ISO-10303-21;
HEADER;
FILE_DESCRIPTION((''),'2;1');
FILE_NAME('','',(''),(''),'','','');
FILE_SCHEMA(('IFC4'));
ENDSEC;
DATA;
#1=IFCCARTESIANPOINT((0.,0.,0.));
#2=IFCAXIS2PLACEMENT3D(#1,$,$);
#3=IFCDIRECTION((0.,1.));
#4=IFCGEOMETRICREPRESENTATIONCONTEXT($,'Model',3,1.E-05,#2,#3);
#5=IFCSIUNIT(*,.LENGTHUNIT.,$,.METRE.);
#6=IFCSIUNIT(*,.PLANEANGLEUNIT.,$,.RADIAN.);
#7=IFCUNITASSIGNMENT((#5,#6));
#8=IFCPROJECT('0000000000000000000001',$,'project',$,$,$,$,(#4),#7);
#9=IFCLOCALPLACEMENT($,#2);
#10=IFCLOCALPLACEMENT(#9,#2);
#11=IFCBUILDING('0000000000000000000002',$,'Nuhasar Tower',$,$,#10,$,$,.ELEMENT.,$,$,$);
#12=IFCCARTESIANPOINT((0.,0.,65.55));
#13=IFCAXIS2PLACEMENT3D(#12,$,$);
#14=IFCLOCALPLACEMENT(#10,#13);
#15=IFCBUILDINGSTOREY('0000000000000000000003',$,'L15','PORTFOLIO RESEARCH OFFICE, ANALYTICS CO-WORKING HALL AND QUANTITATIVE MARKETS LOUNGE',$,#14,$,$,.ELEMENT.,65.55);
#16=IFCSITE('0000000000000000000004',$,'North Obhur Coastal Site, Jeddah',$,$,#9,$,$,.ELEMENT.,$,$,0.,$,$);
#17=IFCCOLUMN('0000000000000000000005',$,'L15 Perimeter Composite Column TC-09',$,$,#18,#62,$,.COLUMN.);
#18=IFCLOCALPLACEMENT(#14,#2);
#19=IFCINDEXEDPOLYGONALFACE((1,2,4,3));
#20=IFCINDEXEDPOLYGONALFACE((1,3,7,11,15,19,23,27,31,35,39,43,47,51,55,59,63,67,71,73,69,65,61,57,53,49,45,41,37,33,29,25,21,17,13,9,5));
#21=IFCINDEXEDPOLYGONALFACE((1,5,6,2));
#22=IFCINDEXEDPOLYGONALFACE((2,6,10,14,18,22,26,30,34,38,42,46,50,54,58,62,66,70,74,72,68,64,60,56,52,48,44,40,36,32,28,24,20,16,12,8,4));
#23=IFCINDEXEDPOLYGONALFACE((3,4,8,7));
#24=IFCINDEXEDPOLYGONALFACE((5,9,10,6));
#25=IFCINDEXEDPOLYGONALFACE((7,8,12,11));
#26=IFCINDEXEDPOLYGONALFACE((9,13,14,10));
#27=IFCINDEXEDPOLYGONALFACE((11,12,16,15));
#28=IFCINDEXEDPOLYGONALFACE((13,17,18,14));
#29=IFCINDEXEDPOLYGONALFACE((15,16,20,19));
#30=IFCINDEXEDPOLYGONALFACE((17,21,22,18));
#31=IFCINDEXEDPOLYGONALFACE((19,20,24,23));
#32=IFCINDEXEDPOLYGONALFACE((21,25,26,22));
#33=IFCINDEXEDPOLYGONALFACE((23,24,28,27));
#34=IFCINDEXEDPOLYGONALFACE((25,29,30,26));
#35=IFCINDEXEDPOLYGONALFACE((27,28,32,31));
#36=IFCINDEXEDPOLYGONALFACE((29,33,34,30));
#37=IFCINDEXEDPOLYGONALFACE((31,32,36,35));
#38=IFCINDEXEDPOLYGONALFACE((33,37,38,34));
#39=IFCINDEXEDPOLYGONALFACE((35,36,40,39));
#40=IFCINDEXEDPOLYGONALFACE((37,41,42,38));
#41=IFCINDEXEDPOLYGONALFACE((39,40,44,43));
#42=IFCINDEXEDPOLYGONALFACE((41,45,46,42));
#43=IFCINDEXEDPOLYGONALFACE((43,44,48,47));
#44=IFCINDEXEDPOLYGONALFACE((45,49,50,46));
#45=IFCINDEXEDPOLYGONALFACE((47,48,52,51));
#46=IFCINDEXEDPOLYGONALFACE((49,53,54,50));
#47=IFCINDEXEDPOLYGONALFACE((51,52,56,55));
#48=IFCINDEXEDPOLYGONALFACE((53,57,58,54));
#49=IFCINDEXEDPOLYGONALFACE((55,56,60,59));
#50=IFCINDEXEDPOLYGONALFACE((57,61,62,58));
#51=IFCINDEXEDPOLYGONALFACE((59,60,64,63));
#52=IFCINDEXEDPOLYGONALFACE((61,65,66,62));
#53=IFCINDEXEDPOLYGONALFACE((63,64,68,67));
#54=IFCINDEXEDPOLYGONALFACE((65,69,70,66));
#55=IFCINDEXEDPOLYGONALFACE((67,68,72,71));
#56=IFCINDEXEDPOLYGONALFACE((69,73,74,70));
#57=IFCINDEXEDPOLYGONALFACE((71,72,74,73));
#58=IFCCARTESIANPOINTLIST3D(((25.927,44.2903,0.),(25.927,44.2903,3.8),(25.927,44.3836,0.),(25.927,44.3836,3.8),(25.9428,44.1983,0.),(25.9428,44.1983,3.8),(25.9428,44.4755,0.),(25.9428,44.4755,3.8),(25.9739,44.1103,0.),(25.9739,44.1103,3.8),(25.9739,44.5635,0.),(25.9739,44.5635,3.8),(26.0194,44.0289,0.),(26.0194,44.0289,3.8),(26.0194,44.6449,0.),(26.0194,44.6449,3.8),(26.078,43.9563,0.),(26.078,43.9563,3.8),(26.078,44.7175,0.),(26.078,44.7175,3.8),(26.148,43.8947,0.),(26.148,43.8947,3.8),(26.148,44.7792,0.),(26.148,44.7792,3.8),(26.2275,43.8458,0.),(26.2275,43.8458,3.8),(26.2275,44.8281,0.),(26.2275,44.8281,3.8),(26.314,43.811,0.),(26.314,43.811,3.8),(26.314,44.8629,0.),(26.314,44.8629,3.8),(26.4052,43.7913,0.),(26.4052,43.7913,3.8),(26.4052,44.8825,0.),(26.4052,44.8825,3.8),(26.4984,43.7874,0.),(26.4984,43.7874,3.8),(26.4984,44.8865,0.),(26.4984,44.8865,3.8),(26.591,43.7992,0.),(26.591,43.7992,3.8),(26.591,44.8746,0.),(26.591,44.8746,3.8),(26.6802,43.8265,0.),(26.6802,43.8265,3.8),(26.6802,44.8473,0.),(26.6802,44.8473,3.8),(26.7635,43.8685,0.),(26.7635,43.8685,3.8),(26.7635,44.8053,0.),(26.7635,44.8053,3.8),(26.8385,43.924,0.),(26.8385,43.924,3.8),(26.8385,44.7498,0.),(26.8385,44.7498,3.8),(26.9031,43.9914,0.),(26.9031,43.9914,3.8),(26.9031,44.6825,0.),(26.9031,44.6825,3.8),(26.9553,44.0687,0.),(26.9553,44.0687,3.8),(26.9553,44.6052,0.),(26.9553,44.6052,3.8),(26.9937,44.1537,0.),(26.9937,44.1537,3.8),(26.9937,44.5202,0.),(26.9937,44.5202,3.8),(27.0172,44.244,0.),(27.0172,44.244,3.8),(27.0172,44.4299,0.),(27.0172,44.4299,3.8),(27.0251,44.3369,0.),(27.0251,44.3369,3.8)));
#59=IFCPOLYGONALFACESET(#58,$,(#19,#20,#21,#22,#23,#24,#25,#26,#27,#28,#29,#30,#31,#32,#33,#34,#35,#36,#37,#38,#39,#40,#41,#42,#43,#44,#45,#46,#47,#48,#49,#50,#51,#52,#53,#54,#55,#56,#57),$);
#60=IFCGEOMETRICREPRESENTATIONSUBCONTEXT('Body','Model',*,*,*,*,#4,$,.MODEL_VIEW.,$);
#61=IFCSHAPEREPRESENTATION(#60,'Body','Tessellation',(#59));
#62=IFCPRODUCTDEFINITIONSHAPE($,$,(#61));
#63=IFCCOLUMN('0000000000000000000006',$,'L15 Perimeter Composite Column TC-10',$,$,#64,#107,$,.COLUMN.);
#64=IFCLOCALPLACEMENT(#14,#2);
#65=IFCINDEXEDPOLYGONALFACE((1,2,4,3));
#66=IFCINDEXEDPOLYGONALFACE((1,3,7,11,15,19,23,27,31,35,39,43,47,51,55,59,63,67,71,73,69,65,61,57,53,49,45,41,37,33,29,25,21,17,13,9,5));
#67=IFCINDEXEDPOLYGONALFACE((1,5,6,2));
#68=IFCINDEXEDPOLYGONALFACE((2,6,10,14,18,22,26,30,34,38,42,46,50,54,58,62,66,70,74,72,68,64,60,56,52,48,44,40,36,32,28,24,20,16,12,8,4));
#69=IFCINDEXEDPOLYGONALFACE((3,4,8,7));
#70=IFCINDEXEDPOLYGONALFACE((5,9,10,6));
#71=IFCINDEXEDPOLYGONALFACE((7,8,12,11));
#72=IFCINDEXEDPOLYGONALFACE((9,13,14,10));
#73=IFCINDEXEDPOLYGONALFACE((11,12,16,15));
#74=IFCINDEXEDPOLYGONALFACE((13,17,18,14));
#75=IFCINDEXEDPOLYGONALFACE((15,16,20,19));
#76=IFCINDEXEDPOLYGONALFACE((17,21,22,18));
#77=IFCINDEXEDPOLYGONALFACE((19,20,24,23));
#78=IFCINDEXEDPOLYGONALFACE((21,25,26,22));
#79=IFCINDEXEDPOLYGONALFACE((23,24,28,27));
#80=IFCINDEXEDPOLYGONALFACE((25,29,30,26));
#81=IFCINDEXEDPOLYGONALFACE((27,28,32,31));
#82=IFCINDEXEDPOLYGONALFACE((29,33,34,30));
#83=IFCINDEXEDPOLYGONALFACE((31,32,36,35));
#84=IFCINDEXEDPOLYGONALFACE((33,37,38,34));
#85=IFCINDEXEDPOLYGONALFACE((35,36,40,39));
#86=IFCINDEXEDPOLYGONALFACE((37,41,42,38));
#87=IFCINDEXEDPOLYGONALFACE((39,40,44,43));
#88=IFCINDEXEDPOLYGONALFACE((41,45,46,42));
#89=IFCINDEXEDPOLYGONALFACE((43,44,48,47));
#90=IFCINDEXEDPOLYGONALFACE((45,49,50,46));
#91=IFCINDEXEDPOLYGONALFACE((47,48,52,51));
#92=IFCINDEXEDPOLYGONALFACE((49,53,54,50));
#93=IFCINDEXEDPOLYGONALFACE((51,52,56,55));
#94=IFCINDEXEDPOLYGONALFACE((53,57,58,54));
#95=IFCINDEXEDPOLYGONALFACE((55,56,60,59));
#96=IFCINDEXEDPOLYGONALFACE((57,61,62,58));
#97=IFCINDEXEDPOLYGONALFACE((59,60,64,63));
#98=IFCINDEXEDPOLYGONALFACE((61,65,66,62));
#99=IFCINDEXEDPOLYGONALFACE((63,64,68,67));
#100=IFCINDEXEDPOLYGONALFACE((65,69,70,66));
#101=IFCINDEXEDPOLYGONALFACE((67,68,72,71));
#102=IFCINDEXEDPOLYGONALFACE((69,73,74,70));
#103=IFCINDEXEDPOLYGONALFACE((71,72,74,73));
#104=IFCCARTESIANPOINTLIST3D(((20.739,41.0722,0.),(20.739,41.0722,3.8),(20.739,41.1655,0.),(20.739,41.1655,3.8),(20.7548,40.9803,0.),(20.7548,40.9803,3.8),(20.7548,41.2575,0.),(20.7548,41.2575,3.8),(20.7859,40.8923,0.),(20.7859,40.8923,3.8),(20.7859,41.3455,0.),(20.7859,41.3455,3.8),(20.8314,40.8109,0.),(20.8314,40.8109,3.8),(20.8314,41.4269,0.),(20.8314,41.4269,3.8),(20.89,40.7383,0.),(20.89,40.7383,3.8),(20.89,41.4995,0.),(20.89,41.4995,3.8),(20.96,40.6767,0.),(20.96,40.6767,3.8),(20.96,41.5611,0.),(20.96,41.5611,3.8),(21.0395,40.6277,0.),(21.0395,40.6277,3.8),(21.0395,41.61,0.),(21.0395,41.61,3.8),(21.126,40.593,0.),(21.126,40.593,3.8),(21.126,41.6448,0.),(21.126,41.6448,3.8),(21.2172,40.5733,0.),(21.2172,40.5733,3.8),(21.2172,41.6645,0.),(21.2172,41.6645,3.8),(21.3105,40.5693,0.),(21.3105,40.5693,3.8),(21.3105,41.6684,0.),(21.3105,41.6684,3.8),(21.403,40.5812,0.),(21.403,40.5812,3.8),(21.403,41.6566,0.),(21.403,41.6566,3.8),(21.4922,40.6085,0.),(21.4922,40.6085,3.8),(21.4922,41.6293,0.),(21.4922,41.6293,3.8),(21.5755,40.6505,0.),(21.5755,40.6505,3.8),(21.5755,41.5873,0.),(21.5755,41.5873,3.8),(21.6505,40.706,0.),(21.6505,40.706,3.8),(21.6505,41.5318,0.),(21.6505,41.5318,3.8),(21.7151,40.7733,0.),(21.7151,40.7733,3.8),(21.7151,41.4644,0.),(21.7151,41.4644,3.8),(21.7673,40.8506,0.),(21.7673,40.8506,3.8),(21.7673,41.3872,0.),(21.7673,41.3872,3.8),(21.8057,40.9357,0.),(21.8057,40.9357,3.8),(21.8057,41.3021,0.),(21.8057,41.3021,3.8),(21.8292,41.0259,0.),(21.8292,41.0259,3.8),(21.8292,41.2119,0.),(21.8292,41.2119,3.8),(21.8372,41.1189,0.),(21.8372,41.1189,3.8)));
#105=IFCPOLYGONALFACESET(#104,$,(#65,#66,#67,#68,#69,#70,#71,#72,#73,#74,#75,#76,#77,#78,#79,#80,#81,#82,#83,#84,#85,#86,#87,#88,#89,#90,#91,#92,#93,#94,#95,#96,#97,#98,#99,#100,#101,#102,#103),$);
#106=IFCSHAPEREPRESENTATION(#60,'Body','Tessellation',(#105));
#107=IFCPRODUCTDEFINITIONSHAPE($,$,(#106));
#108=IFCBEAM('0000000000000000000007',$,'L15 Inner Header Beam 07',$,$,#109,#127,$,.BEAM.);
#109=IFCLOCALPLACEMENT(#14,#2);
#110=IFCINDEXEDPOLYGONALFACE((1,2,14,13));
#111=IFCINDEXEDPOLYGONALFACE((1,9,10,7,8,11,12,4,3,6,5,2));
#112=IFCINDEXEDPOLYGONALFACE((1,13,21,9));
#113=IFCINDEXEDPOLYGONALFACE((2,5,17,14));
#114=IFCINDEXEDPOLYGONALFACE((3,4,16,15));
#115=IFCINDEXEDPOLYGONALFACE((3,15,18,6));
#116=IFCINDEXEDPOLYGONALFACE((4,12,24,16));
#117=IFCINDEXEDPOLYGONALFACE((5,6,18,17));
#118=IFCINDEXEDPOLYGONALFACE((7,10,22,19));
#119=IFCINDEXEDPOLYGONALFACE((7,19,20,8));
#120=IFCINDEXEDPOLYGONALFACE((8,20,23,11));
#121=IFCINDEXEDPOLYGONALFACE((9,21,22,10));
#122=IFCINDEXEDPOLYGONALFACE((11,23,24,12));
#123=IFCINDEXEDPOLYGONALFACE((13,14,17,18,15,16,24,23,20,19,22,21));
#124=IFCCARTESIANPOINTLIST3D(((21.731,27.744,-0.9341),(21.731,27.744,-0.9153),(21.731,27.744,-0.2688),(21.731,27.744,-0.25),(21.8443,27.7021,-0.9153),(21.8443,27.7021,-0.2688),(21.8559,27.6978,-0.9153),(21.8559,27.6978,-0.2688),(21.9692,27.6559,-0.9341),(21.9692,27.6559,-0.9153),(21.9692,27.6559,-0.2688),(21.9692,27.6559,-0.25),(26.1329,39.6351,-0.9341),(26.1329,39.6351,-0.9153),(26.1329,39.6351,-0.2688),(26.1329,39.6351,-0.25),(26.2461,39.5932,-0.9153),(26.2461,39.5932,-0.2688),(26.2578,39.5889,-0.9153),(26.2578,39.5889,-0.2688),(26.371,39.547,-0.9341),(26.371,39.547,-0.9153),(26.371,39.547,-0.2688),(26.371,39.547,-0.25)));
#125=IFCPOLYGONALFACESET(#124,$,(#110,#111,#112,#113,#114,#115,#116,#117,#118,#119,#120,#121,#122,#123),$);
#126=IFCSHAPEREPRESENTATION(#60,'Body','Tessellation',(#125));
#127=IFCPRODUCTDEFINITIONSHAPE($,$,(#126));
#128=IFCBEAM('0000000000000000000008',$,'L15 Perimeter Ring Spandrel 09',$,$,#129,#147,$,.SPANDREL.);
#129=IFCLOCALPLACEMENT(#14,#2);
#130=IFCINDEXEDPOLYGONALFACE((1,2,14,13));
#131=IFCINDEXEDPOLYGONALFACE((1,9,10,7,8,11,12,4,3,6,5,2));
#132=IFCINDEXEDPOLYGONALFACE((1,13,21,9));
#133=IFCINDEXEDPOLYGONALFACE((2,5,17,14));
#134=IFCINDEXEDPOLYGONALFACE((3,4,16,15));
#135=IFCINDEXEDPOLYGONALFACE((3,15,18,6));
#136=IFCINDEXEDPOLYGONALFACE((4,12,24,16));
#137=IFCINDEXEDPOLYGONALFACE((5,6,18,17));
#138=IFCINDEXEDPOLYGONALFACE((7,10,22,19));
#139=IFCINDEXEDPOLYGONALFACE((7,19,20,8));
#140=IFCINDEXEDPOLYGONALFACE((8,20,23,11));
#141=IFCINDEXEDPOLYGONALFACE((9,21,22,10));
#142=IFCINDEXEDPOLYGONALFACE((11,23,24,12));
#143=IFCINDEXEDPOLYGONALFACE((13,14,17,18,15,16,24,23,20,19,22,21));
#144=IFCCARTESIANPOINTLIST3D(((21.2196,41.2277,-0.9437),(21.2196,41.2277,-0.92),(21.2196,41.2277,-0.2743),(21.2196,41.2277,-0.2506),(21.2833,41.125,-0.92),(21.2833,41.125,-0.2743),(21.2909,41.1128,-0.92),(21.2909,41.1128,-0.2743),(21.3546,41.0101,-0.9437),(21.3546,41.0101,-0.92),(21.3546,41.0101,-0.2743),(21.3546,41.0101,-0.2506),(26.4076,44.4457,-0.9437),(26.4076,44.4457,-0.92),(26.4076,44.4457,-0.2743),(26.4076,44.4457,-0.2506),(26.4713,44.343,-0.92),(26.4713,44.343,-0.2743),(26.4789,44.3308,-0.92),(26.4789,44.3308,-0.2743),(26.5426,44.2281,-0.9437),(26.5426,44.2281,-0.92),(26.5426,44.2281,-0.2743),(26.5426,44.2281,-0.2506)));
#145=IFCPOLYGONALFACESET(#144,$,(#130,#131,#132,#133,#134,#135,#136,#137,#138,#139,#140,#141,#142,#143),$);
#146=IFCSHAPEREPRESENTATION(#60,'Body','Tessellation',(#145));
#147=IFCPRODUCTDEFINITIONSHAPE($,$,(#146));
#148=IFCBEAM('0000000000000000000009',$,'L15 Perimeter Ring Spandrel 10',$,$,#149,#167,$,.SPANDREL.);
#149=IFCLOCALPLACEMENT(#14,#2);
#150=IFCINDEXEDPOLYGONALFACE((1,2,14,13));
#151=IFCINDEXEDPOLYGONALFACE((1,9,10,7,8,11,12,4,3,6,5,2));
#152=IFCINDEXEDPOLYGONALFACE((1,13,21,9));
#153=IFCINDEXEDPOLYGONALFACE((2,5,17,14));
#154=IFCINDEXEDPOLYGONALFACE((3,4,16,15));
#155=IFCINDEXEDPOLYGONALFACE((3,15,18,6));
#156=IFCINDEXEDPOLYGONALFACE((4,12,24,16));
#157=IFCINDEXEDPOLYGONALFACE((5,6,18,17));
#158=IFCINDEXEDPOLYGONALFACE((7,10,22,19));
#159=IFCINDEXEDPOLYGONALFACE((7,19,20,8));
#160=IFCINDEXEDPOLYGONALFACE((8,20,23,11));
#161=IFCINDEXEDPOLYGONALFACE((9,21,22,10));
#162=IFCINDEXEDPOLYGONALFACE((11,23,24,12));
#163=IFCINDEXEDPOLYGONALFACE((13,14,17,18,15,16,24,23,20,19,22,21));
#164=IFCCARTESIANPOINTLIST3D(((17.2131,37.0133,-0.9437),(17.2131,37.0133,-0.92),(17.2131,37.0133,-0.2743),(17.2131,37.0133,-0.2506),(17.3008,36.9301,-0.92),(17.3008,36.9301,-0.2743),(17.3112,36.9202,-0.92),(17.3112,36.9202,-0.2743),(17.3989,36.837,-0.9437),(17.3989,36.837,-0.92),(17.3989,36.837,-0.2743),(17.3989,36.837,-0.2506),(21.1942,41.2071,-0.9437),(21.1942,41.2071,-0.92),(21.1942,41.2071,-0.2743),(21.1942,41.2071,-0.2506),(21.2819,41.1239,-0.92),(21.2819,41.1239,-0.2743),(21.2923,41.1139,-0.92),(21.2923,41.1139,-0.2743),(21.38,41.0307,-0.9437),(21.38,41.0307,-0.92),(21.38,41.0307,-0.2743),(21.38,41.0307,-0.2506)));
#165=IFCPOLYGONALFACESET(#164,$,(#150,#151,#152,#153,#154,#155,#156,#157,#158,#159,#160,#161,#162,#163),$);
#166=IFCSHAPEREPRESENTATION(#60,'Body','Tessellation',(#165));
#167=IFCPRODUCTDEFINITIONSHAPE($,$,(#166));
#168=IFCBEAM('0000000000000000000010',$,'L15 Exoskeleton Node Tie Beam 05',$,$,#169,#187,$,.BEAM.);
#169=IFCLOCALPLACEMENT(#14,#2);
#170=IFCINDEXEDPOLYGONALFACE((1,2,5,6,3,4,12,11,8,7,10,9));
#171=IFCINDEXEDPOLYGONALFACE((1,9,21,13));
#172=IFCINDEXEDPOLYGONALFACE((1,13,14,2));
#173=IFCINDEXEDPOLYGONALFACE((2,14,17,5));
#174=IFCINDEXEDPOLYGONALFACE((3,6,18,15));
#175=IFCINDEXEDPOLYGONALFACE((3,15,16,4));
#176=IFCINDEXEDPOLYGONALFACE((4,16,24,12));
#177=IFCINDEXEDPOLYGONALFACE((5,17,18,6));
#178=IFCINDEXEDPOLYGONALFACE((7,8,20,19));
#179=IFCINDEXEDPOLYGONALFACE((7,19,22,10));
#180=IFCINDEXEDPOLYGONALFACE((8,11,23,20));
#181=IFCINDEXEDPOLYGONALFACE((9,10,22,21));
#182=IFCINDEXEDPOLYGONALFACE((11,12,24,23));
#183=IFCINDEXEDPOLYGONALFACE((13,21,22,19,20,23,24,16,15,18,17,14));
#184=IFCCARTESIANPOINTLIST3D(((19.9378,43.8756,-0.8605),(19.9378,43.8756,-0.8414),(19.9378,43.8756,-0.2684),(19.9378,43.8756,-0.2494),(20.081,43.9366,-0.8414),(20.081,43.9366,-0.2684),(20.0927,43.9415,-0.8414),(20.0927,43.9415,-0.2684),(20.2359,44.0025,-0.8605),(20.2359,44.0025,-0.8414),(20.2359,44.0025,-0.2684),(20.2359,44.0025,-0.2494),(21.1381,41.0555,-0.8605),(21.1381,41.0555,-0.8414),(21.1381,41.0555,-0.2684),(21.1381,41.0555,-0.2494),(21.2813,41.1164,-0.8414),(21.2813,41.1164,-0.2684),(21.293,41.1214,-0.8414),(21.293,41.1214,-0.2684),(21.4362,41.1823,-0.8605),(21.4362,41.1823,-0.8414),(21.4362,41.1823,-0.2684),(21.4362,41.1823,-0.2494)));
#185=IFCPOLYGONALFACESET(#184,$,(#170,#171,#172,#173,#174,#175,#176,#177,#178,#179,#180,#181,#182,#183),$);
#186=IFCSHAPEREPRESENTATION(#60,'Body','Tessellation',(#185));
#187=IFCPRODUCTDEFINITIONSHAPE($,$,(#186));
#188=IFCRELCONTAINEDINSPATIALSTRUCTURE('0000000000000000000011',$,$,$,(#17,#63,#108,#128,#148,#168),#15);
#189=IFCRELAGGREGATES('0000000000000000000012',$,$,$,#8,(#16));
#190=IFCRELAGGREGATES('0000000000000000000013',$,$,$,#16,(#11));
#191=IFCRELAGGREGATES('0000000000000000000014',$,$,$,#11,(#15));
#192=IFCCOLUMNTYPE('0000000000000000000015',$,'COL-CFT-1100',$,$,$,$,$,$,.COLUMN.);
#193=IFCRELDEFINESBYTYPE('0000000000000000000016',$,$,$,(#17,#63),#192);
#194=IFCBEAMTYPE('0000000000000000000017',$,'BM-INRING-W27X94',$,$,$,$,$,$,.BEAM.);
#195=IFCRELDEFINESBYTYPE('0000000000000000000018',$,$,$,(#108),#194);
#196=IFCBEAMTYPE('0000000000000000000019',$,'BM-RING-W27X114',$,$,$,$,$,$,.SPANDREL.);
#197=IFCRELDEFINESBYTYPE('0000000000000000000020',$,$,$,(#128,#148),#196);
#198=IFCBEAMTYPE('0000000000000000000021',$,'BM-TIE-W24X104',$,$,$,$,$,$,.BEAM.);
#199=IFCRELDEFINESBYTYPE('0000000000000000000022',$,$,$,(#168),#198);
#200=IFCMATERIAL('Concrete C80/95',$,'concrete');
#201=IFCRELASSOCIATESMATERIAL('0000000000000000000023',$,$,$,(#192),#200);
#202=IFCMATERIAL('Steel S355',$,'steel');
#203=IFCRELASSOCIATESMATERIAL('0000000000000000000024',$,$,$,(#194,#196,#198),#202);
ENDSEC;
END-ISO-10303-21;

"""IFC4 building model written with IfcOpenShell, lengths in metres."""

from ifc_helpers import new_model, si_unit, direction, frame, origin, origin_2d, place, context, subcontext, project, spatial, circle, i_section, extrude, material, material_profile, profile_set, type_object, element, save


model = new_model("IFC4")

# Units and contexts
model_context = context("Model", 3, precision=1e-05, world=origin(), true_north=direction((0.0, 1.0)))
body_context = subcontext(model_context, "Body", "Model", "MODEL_VIEW")
ifc_project = project(units=[si_unit("LENGTHUNIT", "METRE"), si_unit("PLANEANGLEUNIT", "RADIAN")], contexts=[model_context])

# Site, building, storey
site_placement = place(None, origin())
site = spatial("IfcSite", under=ifc_project, at=site_placement, Name="North Obhur Coastal Site, Jeddah", CompositionType="ELEMENT", RefElevation=0.0)
building_placement = place(site_placement, origin())
building = spatial("IfcBuilding", under=site, at=building_placement, Name="Nuhasar Tower", CompositionType="ELEMENT")
storey_placement = place(building_placement, frame((0.0, 0.0, 65.55)))
storey = spatial("IfcBuildingStorey", under=building, at=storey_placement, Name="L15", Description="PORTFOLIO RESEARCH OFFICE, ANALYTICS CO-WORKING HALL AND QUANTITATIVE MARKETS LOUNGE", CompositionType="ELEMENT", Elevation=65.55)

# Columns
ifc_material_1 = material(Name="Concrete C80/95", Category="concrete")
ifc_material_profile_1 = material_profile(ifc_material_1, circle(Radius=0.55, at=origin_2d()), Name="CFT1100")
ifc_profile_set_1 = profile_set([ifc_material_profile_1], Name="Concrete C80/95")
column_type = type_object("IfcColumnType", Name="COL-CFT-1100", PredefinedType="COLUMN", material=ifc_profile_set_1)
for number, where, z_axis, x_axis, name in (
    (1, (26.4751, 44.3369, 0.0), (0.0, 0.0, 1.0), (1.0, 0.0, 0.0), "L15 Perimeter Composite Column TC-09"),
    (2, (21.2871, 41.1189, 0.0), (0.0, 0.0, 1.0), (1.0, 0.0, 0.0), "L15 Perimeter Composite Column TC-10"),
):
    element("IfcColumn", number, at=place(storey_placement, frame(where, z_axis=z_axis, x_axis=x_axis)), inside=storey, type_object=column_type, Name=name, PredefinedType="COLUMN", context=body_context, shape_type="SweptSolid", body=[
        extrude(circle(Radius=0.55, at=origin_2d()), origin(), (0.0, 0.0, 1.0), 3.8),
    ])

# Beams
ifc_material_2 = material(Name="Steel S355", Category="steel")
ifc_material_profile_2 = material_profile(ifc_material_2, i_section(OverallWidth=0.2539, OverallDepth=0.6841, WebThickness=0.0125, FlangeThickness=0.0188, at=origin_2d()), Name="W27X94")
ifc_profile_set_2 = profile_set([ifc_material_profile_2], Name="Steel S355")
beam_type_1 = type_object("IfcBeamType", Name="BM-INRING-W27X94", PredefinedType="BEAM", material=ifc_profile_set_2)
beam_1_placement = place(storey_placement, frame((26.252, 39.5911, -0.592), z_axis=(-0.347158, -0.937807, 0.0), x_axis=(0.937807, -0.347158, 0.0)))
element("IfcBeam", 3, at=beam_1_placement, inside=storey, type_object=beam_type_1, Name="L15 Inner Header Beam 07", PredefinedType="BEAM", context=body_context, shape_type="SweptSolid", body=[
    extrude(i_section(OverallWidth=0.2539, OverallDepth=0.6841, WebThickness=0.0125, FlangeThickness=0.0188, at=origin_2d()), origin(), (0.0, 0.0, 1.0), 12.6797),
])
ifc_material_profile_3 = material_profile(ifc_material_2, i_section(OverallWidth=0.2561, OverallDepth=0.6931, WebThickness=0.0144, FlangeThickness=0.0237, at=origin_2d()), Name="W27X114")
ifc_profile_set_3 = profile_set([ifc_material_profile_3], Name="Steel S355")
beam_type_2 = type_object("IfcBeamType", Name="BM-RING-W27X114", PredefinedType="SPANDREL", material=ifc_profile_set_3)
beam_2_placement = place(storey_placement, frame((26.4751, 44.3369, -0.5972), z_axis=(-0.849795, -0.527113, 0.0), x_axis=(0.527113, -0.849795, 0.0)))
element("IfcBeam", 4, at=beam_2_placement, inside=storey, type_object=beam_type_2, Name="L15 Perimeter Ring Spandrel 09", PredefinedType="SPANDREL", context=body_context, shape_type="SweptSolid", body=[
    extrude(i_section(OverallWidth=0.2561, OverallDepth=0.6931, WebThickness=0.0144, FlangeThickness=0.0237, at=origin_2d()), origin(), (0.0, 0.0, 1.0), 6.105),
])
beam_3_placement = place(storey_placement, frame((21.2871, 41.1189, -0.5972), z_axis=(-0.688481, -0.725254, 0.0), x_axis=(0.725254, -0.688481, 0.0)))
element("IfcBeam", 5, at=beam_3_placement, inside=storey, type_object=beam_type_2, Name="L15 Perimeter Ring Spandrel 10", PredefinedType="SPANDREL", context=body_context, shape_type="SweptSolid", body=[
    extrude(i_section(OverallWidth=0.2561, OverallDepth=0.6931, WebThickness=0.0144, FlangeThickness=0.0237, at=origin_2d()), origin(), (0.0, 0.0, 1.0), 5.7825),
])
ifc_material_profile_4 = material_profile(ifc_material_2, i_section(OverallWidth=0.324, OverallDepth=0.6111, WebThickness=0.0127, FlangeThickness=0.019, at=origin_2d()), Name="W24X104")
ifc_profile_set_4 = profile_set([ifc_material_profile_4], Name="Steel S355")
beam_type_3 = type_object("IfcBeamType", Name="BM-TIE-W24X104", PredefinedType="BEAM", material=ifc_profile_set_4)
beam_4_placement = place(storey_placement, frame((21.2871, 41.1189, -0.5549), z_axis=(-0.391601, 0.920135, 0.0), x_axis=(-0.920135, -0.391601, 0.0)))
element("IfcBeam", 6, at=beam_4_placement, inside=storey, type_object=beam_type_3, Name="L15 Exoskeleton Node Tie Beam 05", PredefinedType="BEAM", context=body_context, shape_type="SweptSolid", body=[
    extrude(i_section(OverallWidth=0.324, OverallDepth=0.6111, WebThickness=0.0127, FlangeThickness=0.019, at=origin_2d()), origin(), (0.0, 0.0, 1.0), 3.0649),
])

save(model, "model.ifc")
